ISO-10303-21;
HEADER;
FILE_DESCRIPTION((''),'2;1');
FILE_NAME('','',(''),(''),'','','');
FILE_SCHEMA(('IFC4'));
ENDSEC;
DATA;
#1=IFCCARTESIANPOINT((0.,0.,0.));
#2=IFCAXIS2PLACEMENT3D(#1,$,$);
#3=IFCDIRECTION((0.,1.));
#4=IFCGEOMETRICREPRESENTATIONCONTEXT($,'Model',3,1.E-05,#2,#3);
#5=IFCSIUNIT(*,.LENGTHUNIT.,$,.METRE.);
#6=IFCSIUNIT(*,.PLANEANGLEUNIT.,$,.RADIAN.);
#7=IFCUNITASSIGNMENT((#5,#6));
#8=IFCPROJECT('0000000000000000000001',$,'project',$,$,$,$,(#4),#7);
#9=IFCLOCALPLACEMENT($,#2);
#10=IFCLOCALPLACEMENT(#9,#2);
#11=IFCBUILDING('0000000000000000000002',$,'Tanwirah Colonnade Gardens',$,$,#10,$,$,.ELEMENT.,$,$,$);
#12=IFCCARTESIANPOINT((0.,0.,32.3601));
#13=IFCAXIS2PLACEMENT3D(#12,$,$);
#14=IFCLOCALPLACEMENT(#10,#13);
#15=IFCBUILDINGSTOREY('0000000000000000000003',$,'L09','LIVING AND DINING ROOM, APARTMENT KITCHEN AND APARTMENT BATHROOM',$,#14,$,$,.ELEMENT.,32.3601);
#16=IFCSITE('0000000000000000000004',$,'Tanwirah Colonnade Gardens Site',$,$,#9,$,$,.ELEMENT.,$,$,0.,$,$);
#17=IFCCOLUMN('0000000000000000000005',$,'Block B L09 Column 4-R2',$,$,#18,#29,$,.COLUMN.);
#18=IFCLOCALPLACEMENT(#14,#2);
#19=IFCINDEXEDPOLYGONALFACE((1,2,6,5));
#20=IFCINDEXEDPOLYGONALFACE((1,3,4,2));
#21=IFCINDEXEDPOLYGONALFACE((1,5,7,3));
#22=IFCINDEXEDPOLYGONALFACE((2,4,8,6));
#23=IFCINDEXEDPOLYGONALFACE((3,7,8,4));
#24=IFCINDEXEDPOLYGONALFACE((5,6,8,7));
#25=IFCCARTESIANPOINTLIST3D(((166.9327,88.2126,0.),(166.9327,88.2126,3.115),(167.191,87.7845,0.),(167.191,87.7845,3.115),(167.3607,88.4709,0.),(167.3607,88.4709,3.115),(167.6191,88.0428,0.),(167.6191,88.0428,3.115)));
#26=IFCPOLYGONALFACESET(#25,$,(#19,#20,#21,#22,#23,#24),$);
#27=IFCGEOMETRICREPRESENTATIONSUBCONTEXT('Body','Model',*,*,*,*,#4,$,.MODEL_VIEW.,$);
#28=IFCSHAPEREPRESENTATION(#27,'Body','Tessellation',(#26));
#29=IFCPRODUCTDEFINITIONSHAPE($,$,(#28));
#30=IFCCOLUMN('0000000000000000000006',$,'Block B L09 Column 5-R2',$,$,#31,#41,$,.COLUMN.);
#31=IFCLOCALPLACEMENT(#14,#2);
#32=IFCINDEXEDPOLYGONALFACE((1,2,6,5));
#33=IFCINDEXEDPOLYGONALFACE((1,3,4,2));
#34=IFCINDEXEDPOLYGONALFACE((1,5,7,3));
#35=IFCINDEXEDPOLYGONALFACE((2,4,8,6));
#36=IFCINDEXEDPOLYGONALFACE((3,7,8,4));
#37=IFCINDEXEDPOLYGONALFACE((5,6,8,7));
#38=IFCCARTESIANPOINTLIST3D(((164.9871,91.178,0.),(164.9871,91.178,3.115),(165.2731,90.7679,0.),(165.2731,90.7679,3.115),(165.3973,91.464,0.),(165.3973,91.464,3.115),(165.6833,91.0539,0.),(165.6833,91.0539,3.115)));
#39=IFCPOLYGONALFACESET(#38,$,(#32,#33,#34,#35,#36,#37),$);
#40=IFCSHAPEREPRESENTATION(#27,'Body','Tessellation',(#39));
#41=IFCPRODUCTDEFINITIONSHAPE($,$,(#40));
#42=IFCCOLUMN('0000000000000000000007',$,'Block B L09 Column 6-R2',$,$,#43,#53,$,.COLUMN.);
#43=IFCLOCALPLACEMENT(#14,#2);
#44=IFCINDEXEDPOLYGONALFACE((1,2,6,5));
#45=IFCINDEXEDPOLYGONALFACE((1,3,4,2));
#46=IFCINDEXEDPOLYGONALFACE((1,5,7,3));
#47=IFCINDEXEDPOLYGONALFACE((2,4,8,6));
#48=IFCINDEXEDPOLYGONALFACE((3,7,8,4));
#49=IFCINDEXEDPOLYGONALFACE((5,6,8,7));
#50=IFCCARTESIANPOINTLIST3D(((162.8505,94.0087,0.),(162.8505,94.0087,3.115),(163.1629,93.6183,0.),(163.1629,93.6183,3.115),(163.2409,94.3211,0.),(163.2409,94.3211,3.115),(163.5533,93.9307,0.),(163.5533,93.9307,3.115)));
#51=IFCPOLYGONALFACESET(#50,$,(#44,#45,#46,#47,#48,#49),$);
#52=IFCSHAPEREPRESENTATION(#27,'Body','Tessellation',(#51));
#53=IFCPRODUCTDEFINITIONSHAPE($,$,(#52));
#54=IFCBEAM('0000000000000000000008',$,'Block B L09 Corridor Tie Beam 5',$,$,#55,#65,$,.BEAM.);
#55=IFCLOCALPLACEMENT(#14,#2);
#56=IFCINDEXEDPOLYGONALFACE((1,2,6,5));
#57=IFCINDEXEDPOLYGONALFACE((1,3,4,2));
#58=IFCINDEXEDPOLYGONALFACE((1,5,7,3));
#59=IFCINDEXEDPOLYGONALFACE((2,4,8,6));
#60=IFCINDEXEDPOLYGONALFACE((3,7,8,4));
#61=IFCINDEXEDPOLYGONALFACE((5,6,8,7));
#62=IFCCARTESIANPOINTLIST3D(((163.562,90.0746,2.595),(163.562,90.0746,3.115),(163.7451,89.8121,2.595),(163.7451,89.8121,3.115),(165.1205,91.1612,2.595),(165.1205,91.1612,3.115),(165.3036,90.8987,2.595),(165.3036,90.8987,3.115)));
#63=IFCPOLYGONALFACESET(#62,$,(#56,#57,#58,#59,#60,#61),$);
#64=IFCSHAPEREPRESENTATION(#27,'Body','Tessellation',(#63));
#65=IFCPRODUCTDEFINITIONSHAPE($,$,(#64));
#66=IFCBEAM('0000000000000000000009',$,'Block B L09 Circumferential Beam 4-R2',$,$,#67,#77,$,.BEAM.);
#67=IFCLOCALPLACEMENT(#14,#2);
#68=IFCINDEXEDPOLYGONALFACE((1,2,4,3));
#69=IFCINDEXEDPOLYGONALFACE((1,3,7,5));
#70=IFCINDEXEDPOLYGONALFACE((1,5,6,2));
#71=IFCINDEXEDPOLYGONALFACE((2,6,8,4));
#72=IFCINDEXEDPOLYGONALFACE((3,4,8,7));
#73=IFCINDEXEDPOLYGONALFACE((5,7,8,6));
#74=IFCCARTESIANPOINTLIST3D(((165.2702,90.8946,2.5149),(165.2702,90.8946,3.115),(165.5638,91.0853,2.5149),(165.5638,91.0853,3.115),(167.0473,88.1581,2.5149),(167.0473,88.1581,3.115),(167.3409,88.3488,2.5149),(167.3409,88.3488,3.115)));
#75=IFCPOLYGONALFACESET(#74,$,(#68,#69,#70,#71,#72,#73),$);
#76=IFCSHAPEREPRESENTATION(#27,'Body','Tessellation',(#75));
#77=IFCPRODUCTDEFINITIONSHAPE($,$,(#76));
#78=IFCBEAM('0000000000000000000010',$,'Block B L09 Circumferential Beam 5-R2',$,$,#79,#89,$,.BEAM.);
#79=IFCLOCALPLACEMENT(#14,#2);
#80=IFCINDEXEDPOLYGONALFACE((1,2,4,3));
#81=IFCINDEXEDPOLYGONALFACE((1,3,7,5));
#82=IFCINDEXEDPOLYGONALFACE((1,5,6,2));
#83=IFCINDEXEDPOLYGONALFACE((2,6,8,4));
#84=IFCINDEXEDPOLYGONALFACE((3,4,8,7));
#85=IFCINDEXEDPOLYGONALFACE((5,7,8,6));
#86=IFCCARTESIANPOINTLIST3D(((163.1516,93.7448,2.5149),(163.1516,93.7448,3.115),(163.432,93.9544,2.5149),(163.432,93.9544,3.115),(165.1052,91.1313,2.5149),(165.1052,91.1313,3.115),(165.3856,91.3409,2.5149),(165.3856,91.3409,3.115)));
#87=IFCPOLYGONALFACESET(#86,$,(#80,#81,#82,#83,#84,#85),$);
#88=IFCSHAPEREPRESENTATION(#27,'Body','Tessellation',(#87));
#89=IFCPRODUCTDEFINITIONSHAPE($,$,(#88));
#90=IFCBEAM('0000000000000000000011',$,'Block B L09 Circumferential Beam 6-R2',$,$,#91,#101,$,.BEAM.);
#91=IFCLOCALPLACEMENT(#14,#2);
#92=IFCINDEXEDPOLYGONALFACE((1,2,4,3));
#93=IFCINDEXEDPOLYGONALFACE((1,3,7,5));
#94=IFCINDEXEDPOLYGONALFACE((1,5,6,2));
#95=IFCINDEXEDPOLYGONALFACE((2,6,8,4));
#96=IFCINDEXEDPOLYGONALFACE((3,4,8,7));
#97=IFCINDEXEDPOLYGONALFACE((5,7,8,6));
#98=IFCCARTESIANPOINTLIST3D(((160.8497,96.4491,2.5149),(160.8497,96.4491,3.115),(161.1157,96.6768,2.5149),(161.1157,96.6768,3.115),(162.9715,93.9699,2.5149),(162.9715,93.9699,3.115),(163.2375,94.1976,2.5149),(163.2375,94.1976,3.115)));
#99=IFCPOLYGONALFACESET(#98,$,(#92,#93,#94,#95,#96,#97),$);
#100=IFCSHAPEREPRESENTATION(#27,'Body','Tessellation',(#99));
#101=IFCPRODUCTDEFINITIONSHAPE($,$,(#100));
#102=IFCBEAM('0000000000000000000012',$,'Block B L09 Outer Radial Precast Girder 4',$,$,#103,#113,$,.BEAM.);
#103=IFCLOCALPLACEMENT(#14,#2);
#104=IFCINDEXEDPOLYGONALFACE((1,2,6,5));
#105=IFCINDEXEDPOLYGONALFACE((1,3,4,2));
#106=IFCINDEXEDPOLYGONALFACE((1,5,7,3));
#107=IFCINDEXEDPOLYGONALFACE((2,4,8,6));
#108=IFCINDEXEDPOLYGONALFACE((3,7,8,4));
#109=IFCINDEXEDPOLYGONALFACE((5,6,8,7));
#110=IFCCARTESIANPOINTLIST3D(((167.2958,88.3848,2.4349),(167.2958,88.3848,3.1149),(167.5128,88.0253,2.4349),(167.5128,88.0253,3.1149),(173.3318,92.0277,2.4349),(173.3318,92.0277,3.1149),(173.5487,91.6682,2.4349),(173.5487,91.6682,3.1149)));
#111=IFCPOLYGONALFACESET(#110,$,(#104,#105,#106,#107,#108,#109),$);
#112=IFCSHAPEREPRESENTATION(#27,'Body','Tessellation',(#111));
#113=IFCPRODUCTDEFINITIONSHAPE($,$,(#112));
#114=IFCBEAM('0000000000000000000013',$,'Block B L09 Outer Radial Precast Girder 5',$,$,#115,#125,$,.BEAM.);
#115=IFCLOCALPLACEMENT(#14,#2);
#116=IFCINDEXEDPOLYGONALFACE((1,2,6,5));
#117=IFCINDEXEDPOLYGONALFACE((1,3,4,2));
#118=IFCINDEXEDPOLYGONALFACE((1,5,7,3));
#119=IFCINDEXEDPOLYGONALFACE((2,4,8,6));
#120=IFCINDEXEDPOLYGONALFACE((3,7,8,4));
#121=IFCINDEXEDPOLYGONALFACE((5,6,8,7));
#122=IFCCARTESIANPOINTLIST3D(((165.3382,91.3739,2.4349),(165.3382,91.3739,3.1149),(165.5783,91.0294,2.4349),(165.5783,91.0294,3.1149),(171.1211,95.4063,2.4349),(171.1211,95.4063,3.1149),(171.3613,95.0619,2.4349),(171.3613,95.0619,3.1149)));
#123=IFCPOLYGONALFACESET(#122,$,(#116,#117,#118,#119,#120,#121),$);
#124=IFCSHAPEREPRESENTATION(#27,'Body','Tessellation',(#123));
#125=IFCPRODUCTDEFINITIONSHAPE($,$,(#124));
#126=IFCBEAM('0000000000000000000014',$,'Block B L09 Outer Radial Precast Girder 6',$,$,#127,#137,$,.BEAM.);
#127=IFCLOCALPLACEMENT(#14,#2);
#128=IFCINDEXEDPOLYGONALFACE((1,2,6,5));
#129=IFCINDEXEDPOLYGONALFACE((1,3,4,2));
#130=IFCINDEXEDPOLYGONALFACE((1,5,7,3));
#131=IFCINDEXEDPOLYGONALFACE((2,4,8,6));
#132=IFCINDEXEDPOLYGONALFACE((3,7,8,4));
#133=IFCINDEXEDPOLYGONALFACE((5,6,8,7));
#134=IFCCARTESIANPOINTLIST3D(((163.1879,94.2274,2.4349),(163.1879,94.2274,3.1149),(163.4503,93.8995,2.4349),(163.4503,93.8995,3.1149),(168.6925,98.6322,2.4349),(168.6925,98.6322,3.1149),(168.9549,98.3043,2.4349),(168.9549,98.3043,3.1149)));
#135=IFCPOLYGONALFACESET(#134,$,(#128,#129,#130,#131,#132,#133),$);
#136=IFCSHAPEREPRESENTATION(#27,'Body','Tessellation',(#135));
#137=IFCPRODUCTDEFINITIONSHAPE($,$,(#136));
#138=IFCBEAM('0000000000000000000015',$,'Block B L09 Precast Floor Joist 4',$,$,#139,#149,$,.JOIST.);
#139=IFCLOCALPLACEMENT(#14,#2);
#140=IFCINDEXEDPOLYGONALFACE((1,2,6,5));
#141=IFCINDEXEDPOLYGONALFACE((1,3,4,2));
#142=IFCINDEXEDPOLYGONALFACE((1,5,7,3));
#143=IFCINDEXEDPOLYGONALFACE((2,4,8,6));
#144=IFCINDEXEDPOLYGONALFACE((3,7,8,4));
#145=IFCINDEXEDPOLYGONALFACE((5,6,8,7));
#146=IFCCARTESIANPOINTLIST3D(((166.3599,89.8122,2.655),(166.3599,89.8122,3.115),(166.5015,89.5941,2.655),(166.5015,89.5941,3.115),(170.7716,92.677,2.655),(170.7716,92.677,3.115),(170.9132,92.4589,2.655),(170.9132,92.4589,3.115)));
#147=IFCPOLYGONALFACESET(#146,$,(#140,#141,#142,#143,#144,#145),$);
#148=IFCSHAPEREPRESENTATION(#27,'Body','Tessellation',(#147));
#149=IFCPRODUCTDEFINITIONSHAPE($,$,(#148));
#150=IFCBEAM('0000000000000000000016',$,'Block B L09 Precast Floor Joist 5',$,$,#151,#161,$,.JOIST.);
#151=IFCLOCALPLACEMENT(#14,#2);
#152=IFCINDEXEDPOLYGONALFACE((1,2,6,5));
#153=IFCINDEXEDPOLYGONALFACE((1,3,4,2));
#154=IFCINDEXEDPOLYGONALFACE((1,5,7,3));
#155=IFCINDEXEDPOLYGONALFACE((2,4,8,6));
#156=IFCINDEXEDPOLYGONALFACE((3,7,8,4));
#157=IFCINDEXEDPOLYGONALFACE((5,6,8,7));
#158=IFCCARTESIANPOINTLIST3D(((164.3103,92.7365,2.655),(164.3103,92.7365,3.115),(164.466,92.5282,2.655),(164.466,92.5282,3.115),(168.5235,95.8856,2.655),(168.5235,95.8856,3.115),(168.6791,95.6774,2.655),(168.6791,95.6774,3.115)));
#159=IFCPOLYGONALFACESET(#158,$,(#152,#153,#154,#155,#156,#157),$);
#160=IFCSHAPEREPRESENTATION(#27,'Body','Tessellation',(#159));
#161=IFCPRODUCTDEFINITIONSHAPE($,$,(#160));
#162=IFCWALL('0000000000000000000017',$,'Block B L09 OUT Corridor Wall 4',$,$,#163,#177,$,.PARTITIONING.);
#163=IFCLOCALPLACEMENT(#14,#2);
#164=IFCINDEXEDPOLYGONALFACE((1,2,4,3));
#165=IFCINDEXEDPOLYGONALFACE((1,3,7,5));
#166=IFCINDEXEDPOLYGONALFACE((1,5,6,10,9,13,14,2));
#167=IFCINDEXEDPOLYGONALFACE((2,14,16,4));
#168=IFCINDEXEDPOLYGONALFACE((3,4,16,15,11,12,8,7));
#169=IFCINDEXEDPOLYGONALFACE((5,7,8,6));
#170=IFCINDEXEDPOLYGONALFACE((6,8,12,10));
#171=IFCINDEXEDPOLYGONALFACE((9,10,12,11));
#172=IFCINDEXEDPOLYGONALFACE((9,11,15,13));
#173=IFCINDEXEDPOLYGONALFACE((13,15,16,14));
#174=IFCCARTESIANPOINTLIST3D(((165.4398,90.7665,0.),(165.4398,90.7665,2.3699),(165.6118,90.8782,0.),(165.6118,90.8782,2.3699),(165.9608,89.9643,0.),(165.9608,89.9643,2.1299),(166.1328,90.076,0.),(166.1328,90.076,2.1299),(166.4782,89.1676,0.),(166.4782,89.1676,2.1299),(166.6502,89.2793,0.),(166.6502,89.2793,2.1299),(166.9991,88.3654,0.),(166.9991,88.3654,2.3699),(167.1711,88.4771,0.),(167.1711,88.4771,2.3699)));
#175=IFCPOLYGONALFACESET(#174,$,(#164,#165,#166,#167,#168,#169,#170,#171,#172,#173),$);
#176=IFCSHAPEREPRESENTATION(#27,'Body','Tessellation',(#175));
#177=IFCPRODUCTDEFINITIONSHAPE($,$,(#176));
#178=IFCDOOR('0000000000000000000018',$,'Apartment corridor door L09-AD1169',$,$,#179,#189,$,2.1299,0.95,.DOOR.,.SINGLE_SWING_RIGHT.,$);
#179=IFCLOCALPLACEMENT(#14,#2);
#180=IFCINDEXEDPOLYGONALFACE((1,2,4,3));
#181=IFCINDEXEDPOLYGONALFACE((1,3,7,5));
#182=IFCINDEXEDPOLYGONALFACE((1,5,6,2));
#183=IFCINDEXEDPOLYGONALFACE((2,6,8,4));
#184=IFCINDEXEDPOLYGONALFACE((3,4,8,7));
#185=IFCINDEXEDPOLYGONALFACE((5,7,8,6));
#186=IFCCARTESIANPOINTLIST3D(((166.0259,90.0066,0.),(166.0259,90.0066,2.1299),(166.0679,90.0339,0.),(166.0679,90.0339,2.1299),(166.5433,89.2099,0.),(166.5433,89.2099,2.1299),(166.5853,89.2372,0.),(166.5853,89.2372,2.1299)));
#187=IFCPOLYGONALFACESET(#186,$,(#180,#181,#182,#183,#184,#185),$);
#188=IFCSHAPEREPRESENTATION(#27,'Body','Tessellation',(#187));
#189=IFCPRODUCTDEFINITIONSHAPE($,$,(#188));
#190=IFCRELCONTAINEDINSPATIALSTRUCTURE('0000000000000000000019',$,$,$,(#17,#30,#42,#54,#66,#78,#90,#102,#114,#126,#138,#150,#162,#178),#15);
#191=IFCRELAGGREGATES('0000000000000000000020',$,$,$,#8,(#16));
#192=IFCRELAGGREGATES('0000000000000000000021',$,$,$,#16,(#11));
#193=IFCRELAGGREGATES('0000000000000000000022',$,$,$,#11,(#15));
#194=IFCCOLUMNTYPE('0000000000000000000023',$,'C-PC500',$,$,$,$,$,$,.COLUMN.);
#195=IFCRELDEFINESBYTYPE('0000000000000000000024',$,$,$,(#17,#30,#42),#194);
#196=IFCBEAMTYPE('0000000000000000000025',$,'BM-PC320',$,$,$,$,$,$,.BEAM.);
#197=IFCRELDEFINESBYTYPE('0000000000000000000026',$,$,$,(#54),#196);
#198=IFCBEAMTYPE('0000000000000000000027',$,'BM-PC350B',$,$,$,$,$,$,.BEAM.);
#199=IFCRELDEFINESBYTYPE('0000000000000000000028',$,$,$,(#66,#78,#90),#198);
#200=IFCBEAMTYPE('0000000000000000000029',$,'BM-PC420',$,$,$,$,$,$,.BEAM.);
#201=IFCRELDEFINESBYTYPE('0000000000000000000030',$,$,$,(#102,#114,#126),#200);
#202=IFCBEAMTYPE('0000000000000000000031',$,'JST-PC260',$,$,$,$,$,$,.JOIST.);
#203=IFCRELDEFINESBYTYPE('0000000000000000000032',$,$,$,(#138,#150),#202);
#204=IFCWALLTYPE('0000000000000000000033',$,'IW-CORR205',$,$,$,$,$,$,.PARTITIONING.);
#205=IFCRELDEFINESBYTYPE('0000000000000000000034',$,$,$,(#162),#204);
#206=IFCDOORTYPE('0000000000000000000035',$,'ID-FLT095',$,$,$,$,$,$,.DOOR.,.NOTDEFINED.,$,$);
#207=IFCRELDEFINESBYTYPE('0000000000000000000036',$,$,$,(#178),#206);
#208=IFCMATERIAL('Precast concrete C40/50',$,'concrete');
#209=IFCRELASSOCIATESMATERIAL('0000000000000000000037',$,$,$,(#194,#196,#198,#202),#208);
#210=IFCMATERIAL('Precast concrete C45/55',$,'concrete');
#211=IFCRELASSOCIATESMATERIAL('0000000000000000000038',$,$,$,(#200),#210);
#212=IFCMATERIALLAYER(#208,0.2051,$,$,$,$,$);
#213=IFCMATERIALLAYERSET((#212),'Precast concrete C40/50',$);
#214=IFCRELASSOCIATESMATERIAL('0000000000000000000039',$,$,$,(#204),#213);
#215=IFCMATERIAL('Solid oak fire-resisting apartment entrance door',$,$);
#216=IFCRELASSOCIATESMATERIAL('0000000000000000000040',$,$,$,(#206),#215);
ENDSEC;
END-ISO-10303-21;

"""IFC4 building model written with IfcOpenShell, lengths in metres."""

from ifc_helpers import new_model, si_unit, direction, frame, frame_2d, origin, origin_2d, place, context, subcontext, project, spatial, rectangle, extrude, material, layer, layer_set, material_profile, profile_set, type_object, element, fill, save


model = new_model("IFC4")

# Units and contexts
model_context = context("Model", 3, precision=1e-05, world=origin(), true_north=direction((0.0, 1.0)))
body_context = subcontext(model_context, "Body", "Model", "MODEL_VIEW")
ifc_project = project(units=[si_unit("LENGTHUNIT", "METRE"), si_unit("PLANEANGLEUNIT", "RADIAN")], contexts=[model_context])

# Site, building, storey
site_placement = place(None, origin())
site = spatial("IfcSite", under=ifc_project, at=site_placement, Name="Tanwirah Colonnade Gardens Site", CompositionType="ELEMENT", RefElevation=0.0)
building_placement = place(site_placement, origin())
building = spatial("IfcBuilding", under=site, at=building_placement, Name="Tanwirah Colonnade Gardens", CompositionType="ELEMENT")
storey_placement = place(building_placement, frame((0.0, 0.0, 32.3601)))
storey = spatial("IfcBuildingStorey", under=building, at=storey_placement, Name="L09", Description="LIVING AND DINING ROOM, APARTMENT KITCHEN AND APARTMENT BATHROOM", CompositionType="ELEMENT", Elevation=32.3601)

# Columns
ifc_material_1 = material(Name="Precast concrete C40/50", Category="concrete")
ifc_material_profile_1 = material_profile(ifc_material_1, rectangle(XDim=0.5, YDim=0.5, at=origin_2d()), Name="PC-COL 500x500")
ifc_profile_set_1 = profile_set([ifc_material_profile_1], Name="Precast concrete C40/50")
column_type = type_object("IfcColumnType", Name="C-PC500", PredefinedType="COLUMN", material=ifc_profile_set_1)
for number, where, z_axis, x_axis, name in (
    (1, (167.2759, 88.1277, 0.0), (0.0, 0.0, 1.0), (0.856167, 0.516699, 0.0), "Block B L09 Column 4-R2"),
    (2, (165.3352, 91.116, 0.0), (0.0, 0.0, 1.0), (0.820263, 0.571987, 0.0), "Block B L09 Column 5-R2"),
    (3, (163.2019, 93.9697, 0.0), (0.0, 0.0, 1.0), (0.780794, 0.624789, 0.0), "Block B L09 Column 6-R2"),
):
    element("IfcColumn", number, at=place(storey_placement, frame(where, z_axis=z_axis, x_axis=x_axis)), inside=storey, type_object=column_type, Name=name, PredefinedType="COLUMN", context=body_context, shape_type="SweptSolid", body=[
        extrude(rectangle(XDim=0.5, YDim=0.5, at=origin_2d()), origin(), (0.0, 0.0, 1.0), 3.115),
    ])

# Beams
ifc_material_profile_2 = material_profile(ifc_material_1, rectangle(XDim=0.3201, YDim=0.52, at=origin_2d()), Name="PC-BM 320x520")
ifc_profile_set_2 = profile_set([ifc_material_profile_2], Name="Precast concrete C40/50")
beam_type_1 = type_object("IfcBeamType", Name="BM-PC320", PredefinedType="BEAM", material=ifc_profile_set_2)
beam_1_placement = place(storey_placement, frame((163.6536, 89.9434, 2.855), z_axis=(0.820305, 0.571926, 0.0), x_axis=(-0.571926, 0.820305, 0.0)))
element("IfcBeam", 4, at=beam_1_placement, inside=storey, type_object=beam_type_1, Name="Block B L09 Corridor Tie Beam 5", PredefinedType="BEAM", context=body_context, shape_type="SweptSolid", body=[
    extrude(rectangle(XDim=0.3201, YDim=0.52, at=origin_2d()), origin(), (0.0, 0.0, 1.0), 1.8999),
])
ifc_material_profile_3 = material_profile(ifc_material_1, rectangle(XDim=0.3501, YDim=0.6001, at=origin_2d()), Name="PC-BM 350x600")
ifc_profile_set_3 = profile_set([ifc_material_profile_3], Name="Precast concrete C40/50")
beam_type_2 = type_object("IfcBeamType", Name="BM-PC350B", PredefinedType="BEAM", material=ifc_profile_set_3)
for number, where, z_axis, x_axis, name in (
    (5, (167.1941, 88.2534, 2.8149), (-0.544628, 0.838678, 0.0), (-0.838678, -0.544628, 0.0), "Block B L09 Circumferential Beam 4-R2"),
    (6, (165.2454, 91.2361, 2.8149), (-0.598718, 0.80096, 0.0), (-0.80096, -0.598718, 0.0), "Block B L09 Circumferential Beam 5-R2"),
):
    element("IfcBeam", number, at=place(storey_placement, frame(where, z_axis=z_axis, x_axis=x_axis)), inside=storey, type_object=beam_type_2, Name=name, PredefinedType="BEAM", context=body_context, shape_type="SweptSolid", body=[
        extrude(rectangle(XDim=0.3501, YDim=0.6001, at=origin_2d()), origin(), (0.0, 0.0, 1.0), 3.2629),
    ])
beam_2_placement = place(storey_placement, frame((163.1045, 94.0837, 2.8149), z_axis=(-0.650218, 0.759748, 0.0), x_axis=(-0.759748, -0.650218, 0.0)))
element("IfcBeam", 7, at=beam_2_placement, inside=storey, type_object=beam_type_2, Name="Block B L09 Circumferential Beam 6-R2", PredefinedType="BEAM", context=body_context, shape_type="SweptSolid", body=[
    extrude(rectangle(XDim=0.3501, YDim=0.6001, at=origin_2d()), origin(), (0.0, 0.0, 1.0), 3.2632),
])
ifc_material_2 = material(Name="Precast concrete C45/55", Category="concrete")
ifc_material_profile_4 = material_profile(ifc_material_2, rectangle(XDim=0.4199, YDim=0.6799, at=origin_2d()), Name="PC-BM 420x680")
ifc_profile_set_4 = profile_set([ifc_material_profile_4], Name="Precast concrete C45/55")
beam_type_3 = type_object("IfcBeamType", Name="BM-PC420", PredefinedType="BEAM", material=ifc_profile_set_4)
for number, where, z_axis, x_axis, name in (
    (8, (167.4043, 88.2051, 2.7749), (0.856158, 0.516714, 0.0), (-0.516714, 0.856158, 0.0), "Block B L09 Outer Radial Precast Girder 4"),
    (9, (165.4583, 91.2017, 2.7749), (0.82027, 0.571976, 0.0), (-0.571976, 0.82027, 0.0), "Block B L09 Outer Radial Precast Girder 5"),
    (10, (163.3191, 94.0635, 2.7749), (0.780794, 0.624788, 0.0), (-0.624788, 0.780794, 0.0), "Block B L09 Outer Radial Precast Girder 6"),
):
    element("IfcBeam", number, at=place(storey_placement, frame(where, z_axis=z_axis, x_axis=x_axis)), inside=storey, type_object=beam_type_3, Name=name, PredefinedType="BEAM", context=body_context, shape_type="SweptSolid", body=[
        extrude(rectangle(XDim=0.4199, YDim=0.6799, at=origin_2d()), origin(), (0.0, 0.0, 1.0), 7.05),
    ])
ifc_material_profile_5 = material_profile(ifc_material_1, rectangle(XDim=0.26, YDim=0.46, at=origin_2d()), Name="PC-JST 260x460")
ifc_profile_set_5 = profile_set([ifc_material_profile_5], Name="Precast concrete C40/50")
beam_type_4 = type_object("IfcBeamType", Name="JST-PC260", PredefinedType="JOIST", material=ifc_profile_set_5)
beam_3_placement = place(storey_placement, frame((166.4307, 89.7031, 2.885), z_axis=(0.838687, 0.544613, 0.0), x_axis=(-0.544613, 0.838687, 0.0)))
element("IfcBeam", 11, at=beam_3_placement, inside=storey, type_object=beam_type_4, Name="Block B L09 Precast Floor Joist 4", PredefinedType="JOIST", context=body_context, shape_type="SweptSolid", body=[
    extrude(rectangle(XDim=0.26, YDim=0.46, at=origin_2d()), origin(), (0.0, 0.0, 1.0), 5.2603),
])
beam_4_placement = place(storey_placement, frame((164.3882, 92.6323, 2.885), z_axis=(0.800974, 0.5987, 0.0), x_axis=(-0.5987, 0.800974, 0.0)))
element("IfcBeam", 12, at=beam_4_placement, inside=storey, type_object=beam_type_4, Name="Block B L09 Precast Floor Joist 5", PredefinedType="JOIST", context=body_context, shape_type="SweptSolid", body=[
    extrude(rectangle(XDim=0.26, YDim=0.46, at=origin_2d()), origin(), (0.0, 0.0, 1.0), 5.26),
])

# Wall, opening, door
ifc_layer_1 = layer(ifc_material_1, 0.2051)
ifc_layer_set_1 = layer_set([ifc_layer_1], Name="Precast concrete C40/50")
wall_type_1 = type_object("IfcWallType", Name="IW-CORR205", PredefinedType="PARTITIONING", material=ifc_layer_set_1)
wall_1_placement = place(storey_placement, frame((167.0852, 88.4211, 0.0), z_axis=(0.0, 0.0, 1.0), x_axis=(-0.544644, 0.838668, 0.0)))
wall_1 = element("IfcWall", 13, at=wall_1_placement, inside=storey, type_object=wall_type_1, Name="Block B L09 OUT Corridor Wall 4", PredefinedType="PARTITIONING", context=body_context, shape_type="SweptSolid", body=[
    extrude(rectangle(XDim=2.863, YDim=0.2051, at=frame_2d((1.4316, 0.0))), origin(), (0.0, 0.0, 1.0), 2.3699),
])
opening_1_placement = place(wall_1_placement, frame((0.9565, 0.0, 0.0)))
opening_1 = element("IfcOpeningElement", 14, at=opening_1_placement, cuts=wall_1, PredefinedType="OPENING", context=body_context, shape_type="SweptSolid", body=[
    extrude(rectangle(XDim=0.95, YDim=2.1299, at=frame_2d((0.4751, 1.0649))), frame((0.0, 0.1125, 0.0), z_axis=(0.0, -1.0, 0.0), x_axis=(1.0, 0.0, 0.0)), (0.0, 0.0, 1.0), 0.2251),
])
ifc_material_3 = material(Name="Solid oak fire-resisting apartment entrance door")
door_type_1 = type_object("IfcDoorType", Name="ID-FLT095", OperationType="NOTDEFINED", PredefinedType="DOOR", material=ifc_material_3)
door_1_placement = place(opening_1_placement, origin())
door_1 = element("IfcDoor", 15, at=door_1_placement, inside=storey, type_object=door_type_1, Name="Apartment corridor door L09-AD1169", OperationType="SINGLE_SWING_RIGHT", OverallHeight=2.1299, OverallWidth=0.95, PredefinedType="DOOR", context=body_context, shape_type="SweptSolid", body=[
    extrude(rectangle(XDim=0.95, YDim=2.1299, at=frame_2d((0.4751, 1.0649))), frame((0.0, 0.0249, 0.0), z_axis=(0.0, -1.0, 0.0), x_axis=(1.0, 0.0, 0.0)), (0.0, 0.0, 1.0), 0.05),
])
fill(opening_1, door_1)

save(model, "model.ifc")
